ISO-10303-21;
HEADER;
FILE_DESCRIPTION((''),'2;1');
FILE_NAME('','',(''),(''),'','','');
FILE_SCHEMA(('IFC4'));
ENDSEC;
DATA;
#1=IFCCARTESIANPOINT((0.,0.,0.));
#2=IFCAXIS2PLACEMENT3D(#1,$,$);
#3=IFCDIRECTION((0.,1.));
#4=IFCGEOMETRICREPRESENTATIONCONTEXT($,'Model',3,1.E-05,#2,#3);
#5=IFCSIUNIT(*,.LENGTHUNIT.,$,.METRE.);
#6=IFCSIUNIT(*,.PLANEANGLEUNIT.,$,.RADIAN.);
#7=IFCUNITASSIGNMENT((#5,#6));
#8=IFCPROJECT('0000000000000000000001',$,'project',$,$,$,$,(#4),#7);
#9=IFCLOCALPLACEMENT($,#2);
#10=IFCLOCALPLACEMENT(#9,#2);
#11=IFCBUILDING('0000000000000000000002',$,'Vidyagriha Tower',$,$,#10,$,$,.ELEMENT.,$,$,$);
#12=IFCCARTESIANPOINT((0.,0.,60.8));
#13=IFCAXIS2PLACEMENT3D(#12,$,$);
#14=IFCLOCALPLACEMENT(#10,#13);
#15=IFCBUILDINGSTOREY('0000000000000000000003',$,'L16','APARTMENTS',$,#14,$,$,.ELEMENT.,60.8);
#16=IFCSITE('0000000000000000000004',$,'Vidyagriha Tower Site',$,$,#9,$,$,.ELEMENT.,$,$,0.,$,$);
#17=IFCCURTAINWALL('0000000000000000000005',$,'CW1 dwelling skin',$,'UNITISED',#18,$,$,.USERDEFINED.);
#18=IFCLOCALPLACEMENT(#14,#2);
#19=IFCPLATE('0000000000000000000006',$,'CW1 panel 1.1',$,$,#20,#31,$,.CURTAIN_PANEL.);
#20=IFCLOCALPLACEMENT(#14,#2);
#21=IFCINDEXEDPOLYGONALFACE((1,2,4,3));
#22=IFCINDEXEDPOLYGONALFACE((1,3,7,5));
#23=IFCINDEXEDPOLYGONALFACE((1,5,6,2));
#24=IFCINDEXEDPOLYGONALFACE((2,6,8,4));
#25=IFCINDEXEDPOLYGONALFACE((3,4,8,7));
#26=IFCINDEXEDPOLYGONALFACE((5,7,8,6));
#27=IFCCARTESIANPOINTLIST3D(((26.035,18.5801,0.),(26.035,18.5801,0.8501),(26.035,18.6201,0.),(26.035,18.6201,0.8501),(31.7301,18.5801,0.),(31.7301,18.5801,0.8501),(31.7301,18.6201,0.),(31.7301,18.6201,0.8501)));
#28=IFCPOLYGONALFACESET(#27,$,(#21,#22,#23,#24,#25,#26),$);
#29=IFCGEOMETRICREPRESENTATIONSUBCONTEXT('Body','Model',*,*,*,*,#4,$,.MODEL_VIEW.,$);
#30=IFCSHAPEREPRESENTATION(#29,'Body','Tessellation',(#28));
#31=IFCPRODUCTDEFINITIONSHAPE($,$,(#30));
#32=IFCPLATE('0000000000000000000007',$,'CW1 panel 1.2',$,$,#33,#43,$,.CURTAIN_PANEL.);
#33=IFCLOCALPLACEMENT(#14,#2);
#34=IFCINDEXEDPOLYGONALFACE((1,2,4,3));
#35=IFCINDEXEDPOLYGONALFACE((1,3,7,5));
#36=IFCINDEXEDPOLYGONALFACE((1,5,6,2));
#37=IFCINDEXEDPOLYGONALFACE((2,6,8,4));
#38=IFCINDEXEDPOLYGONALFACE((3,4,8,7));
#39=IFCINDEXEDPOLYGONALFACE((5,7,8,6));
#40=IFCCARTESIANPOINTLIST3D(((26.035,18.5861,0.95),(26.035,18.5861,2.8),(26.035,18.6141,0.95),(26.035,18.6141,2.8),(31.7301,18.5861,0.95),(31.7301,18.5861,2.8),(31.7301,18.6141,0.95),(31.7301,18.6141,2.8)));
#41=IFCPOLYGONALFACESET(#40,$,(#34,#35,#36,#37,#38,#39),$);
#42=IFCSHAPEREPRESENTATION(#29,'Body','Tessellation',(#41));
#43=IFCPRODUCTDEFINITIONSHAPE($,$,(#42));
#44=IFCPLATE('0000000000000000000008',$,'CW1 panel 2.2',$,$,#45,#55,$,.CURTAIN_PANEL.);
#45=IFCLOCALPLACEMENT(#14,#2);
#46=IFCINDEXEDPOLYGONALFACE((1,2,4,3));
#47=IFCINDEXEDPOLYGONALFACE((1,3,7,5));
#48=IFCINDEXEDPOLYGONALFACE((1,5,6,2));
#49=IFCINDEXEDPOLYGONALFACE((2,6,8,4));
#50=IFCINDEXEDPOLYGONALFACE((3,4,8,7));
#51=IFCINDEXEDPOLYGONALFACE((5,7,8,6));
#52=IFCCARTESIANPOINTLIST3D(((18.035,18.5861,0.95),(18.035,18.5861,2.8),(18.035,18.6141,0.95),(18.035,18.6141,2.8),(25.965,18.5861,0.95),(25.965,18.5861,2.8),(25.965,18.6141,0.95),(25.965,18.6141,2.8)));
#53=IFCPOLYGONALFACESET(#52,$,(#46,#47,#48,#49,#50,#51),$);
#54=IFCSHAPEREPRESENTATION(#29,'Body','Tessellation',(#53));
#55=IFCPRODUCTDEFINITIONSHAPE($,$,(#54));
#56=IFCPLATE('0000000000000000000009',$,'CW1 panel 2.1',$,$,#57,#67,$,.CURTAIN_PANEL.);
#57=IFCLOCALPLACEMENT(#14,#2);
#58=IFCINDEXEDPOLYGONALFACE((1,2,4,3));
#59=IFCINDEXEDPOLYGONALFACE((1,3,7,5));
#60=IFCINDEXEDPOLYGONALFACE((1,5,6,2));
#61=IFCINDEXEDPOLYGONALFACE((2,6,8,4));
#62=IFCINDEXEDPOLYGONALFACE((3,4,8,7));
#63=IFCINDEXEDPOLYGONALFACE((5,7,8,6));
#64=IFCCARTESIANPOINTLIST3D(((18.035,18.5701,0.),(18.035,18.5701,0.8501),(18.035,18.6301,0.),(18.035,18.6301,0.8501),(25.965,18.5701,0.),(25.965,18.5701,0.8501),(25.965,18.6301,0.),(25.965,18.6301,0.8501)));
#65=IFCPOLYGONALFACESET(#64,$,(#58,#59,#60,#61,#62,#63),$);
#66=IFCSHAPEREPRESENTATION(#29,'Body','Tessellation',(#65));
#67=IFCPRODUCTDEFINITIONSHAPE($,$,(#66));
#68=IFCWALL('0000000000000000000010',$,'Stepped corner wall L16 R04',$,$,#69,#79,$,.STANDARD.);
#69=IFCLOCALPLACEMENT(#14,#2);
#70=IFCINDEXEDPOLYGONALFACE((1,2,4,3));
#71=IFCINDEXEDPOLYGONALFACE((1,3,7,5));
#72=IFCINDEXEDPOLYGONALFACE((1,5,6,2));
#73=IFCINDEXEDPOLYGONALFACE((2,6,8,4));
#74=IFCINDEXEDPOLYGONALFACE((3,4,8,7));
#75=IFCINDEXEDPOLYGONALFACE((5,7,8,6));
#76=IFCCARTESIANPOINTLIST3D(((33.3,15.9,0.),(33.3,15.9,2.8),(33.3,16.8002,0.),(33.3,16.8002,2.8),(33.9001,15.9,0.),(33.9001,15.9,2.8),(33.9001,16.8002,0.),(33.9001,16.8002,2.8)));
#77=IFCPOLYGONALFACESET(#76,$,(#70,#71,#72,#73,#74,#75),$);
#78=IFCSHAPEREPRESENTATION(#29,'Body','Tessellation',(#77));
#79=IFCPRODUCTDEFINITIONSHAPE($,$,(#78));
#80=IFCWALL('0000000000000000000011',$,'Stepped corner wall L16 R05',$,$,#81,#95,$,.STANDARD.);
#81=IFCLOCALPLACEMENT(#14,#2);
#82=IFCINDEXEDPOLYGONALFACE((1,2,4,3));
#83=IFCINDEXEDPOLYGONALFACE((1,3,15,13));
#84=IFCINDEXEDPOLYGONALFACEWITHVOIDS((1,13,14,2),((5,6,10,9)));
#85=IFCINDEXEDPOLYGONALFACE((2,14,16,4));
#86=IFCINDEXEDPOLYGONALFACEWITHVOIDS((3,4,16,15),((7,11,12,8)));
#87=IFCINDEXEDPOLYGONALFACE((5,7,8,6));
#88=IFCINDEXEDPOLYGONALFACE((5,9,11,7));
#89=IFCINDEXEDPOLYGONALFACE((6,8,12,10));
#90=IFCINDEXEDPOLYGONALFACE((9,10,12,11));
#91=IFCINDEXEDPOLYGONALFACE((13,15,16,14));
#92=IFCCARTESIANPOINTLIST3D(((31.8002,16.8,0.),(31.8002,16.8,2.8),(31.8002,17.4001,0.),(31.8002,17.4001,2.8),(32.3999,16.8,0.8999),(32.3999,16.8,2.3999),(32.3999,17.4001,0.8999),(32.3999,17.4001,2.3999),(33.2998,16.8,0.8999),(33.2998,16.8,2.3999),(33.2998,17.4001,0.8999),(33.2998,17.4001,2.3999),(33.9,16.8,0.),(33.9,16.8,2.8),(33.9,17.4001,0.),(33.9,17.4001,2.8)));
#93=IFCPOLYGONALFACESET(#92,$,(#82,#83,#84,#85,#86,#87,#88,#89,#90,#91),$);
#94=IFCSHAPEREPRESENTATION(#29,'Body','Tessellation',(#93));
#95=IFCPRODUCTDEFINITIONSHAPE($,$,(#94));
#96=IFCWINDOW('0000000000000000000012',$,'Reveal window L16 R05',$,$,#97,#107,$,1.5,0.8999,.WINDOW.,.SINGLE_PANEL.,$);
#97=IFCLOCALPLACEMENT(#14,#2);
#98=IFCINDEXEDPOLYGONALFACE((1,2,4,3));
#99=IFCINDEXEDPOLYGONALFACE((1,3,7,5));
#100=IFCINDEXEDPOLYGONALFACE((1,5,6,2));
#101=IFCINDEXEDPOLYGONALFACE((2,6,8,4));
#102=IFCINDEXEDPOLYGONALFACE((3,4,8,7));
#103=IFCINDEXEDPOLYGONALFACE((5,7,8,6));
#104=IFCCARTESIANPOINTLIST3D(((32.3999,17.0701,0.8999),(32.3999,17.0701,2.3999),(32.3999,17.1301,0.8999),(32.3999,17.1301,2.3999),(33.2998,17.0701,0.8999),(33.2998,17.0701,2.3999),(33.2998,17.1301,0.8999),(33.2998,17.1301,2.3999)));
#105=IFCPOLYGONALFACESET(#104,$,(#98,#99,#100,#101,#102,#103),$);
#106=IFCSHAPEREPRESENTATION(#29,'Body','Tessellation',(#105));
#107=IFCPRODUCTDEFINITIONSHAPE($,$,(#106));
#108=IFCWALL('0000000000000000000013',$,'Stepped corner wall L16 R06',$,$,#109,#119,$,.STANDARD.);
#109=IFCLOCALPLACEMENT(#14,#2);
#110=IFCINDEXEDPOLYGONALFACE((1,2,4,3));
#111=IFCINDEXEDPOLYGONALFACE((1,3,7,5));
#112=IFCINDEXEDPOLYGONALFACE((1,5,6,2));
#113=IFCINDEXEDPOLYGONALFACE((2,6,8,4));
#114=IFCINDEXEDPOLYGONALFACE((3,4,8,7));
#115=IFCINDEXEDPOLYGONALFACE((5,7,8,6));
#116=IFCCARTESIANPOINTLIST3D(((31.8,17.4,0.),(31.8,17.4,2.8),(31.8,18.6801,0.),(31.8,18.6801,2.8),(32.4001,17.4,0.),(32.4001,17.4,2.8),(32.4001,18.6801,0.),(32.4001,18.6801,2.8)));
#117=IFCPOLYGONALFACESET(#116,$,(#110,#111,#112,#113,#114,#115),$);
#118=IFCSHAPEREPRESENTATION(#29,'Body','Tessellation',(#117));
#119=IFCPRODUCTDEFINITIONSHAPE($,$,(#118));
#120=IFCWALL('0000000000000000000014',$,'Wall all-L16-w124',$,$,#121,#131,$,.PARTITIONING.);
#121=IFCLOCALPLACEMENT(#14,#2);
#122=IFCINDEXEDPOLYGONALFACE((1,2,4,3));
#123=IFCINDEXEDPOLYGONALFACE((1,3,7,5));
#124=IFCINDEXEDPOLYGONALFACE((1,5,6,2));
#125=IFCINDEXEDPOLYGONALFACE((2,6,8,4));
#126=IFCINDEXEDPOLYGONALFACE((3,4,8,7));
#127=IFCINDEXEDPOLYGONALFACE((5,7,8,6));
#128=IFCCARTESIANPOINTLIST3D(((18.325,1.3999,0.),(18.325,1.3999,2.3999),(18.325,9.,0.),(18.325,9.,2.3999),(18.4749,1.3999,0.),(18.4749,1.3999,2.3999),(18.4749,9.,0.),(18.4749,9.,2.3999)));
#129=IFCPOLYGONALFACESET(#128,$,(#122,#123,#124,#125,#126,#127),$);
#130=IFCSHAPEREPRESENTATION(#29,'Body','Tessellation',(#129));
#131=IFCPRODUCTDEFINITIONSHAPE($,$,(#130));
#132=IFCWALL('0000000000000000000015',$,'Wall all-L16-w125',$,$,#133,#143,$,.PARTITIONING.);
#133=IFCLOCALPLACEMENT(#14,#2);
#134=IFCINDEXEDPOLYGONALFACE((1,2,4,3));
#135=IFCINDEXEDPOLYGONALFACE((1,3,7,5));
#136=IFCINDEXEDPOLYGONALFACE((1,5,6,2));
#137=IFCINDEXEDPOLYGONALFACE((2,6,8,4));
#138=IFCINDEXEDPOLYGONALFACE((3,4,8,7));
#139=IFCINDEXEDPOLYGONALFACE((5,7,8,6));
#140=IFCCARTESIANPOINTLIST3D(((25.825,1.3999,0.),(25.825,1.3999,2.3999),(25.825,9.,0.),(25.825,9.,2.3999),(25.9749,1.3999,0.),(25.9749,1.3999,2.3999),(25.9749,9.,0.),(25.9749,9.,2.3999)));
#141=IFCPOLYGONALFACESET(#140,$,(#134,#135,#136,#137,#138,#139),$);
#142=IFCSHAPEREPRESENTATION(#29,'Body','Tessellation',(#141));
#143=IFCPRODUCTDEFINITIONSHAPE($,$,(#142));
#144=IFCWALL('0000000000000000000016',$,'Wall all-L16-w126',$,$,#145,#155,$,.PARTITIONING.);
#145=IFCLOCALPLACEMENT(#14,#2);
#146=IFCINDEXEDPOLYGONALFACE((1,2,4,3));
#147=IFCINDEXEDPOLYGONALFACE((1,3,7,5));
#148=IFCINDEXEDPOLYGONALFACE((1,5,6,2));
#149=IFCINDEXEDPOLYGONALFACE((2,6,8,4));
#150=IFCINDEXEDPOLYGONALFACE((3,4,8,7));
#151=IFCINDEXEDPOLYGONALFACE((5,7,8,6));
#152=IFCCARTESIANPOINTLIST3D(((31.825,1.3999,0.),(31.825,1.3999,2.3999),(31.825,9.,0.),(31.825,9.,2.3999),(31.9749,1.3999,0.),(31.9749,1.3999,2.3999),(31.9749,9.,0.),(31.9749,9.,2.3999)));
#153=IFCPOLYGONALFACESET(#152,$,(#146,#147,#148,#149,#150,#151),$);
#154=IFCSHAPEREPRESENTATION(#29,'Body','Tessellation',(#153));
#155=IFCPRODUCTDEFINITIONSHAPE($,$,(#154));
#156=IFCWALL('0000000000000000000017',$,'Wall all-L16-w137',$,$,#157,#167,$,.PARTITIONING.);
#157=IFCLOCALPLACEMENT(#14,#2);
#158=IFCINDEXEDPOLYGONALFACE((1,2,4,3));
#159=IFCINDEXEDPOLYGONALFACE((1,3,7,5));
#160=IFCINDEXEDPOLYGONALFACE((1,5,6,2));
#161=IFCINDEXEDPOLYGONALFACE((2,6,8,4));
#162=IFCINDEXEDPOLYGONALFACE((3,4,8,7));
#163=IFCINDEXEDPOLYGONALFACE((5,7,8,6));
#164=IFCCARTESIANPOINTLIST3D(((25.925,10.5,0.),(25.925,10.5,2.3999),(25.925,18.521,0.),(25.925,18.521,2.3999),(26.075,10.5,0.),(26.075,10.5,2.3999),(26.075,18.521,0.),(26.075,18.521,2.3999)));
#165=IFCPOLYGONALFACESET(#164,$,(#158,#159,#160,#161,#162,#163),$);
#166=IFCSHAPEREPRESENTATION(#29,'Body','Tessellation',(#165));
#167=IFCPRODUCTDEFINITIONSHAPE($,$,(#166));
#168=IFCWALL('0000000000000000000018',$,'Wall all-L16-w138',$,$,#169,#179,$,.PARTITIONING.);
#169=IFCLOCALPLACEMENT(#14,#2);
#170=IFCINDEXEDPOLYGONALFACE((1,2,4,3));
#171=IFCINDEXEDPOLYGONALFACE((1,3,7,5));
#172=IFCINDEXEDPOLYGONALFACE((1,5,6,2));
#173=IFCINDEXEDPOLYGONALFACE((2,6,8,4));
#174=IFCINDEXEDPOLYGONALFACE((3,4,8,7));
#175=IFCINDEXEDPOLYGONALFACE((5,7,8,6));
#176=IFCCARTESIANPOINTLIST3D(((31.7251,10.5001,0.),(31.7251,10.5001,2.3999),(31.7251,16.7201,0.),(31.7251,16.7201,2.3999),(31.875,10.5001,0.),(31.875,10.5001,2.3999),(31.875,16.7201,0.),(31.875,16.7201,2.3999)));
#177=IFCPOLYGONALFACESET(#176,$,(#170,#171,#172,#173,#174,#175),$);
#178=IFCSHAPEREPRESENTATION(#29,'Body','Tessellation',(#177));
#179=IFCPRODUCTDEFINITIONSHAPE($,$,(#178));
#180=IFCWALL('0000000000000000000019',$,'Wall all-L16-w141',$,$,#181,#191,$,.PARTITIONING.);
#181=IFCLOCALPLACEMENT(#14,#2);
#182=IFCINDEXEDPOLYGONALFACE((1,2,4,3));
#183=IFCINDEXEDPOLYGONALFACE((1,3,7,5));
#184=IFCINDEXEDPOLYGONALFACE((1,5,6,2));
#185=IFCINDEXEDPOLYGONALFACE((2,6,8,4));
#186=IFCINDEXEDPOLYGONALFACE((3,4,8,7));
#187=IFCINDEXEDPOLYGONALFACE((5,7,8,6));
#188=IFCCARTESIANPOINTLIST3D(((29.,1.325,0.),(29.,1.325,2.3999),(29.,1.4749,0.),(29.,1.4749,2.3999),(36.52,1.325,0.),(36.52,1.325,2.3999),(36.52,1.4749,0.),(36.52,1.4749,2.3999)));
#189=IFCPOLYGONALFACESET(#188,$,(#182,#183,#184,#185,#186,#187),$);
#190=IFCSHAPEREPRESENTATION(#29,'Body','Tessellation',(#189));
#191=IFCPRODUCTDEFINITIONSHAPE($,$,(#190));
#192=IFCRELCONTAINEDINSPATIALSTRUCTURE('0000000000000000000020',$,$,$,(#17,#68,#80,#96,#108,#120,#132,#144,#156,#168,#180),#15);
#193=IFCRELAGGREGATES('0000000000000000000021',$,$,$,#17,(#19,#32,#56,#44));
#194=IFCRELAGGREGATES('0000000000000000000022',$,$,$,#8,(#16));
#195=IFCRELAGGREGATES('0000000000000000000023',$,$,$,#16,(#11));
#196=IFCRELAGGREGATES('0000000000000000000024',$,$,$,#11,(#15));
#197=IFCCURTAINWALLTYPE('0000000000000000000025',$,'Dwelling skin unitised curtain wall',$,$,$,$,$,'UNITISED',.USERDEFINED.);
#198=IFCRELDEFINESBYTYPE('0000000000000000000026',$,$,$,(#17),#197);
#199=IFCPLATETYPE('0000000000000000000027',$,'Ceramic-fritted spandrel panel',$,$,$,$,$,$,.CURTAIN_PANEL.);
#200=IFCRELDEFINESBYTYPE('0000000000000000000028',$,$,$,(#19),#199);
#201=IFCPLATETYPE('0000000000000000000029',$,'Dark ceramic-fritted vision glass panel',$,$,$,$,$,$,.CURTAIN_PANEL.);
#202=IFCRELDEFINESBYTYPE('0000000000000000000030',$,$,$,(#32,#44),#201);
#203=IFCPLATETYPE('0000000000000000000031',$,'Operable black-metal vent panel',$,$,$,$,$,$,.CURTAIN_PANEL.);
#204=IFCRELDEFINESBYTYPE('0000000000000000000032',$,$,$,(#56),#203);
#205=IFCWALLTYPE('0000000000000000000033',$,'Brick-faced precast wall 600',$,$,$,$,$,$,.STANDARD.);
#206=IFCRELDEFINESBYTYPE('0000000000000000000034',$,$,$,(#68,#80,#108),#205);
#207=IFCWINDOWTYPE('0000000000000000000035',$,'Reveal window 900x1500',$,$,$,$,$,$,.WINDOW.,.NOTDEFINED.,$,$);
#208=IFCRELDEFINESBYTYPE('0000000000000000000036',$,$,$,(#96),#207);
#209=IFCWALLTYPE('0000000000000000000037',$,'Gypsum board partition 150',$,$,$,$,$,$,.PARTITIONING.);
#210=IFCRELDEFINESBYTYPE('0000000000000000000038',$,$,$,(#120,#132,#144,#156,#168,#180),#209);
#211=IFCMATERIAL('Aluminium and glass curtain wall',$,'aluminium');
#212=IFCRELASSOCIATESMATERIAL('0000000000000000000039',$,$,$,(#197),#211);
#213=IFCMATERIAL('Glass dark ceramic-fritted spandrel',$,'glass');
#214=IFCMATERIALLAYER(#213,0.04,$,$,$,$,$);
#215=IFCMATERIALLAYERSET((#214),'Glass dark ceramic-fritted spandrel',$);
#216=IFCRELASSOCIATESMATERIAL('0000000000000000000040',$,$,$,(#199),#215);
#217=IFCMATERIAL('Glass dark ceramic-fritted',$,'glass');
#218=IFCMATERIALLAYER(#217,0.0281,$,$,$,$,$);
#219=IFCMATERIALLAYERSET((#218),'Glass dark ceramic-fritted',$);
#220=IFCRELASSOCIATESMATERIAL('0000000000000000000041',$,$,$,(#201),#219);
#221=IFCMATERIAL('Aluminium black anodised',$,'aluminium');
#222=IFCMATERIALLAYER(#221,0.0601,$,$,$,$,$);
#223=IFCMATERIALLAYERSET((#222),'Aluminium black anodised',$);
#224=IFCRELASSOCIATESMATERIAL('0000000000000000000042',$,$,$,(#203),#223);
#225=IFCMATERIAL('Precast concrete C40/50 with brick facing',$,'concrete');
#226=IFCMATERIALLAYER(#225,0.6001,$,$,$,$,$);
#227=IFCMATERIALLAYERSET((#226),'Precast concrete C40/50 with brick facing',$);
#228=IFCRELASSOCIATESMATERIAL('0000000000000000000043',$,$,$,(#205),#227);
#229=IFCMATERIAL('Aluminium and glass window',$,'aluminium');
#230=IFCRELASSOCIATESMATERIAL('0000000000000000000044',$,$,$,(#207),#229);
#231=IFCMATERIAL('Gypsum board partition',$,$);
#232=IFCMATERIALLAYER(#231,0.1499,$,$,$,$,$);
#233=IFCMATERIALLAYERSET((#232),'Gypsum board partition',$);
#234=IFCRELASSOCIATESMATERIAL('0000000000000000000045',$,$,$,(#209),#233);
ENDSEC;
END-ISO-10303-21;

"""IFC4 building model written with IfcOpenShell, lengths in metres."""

from ifc_helpers import new_model, si_unit, direction, frame, frame_2d, origin, origin_2d, place, context, subcontext, project, spatial, rectangle, extrude, material, layer, layer_set, type_object, element, fill, aggregate, save


model = new_model("IFC4")

# Units and contexts
model_context = context("Model", 3, precision=1e-05, world=origin(), true_north=direction((0.0, 1.0)))
body_context = subcontext(model_context, "Body", "Model", "MODEL_VIEW")
ifc_project = project(units=[si_unit("LENGTHUNIT", "METRE"), si_unit("PLANEANGLEUNIT", "RADIAN")], contexts=[model_context])

# Site, building, storey
site_placement = place(None, origin())
site = spatial("IfcSite", under=ifc_project, at=site_placement, Name="Vidyagriha Tower Site", CompositionType="ELEMENT", RefElevation=0.0)
building_placement = place(site_placement, origin())
building = spatial("IfcBuilding", under=site, at=building_placement, Name="Vidyagriha Tower", CompositionType="ELEMENT")
storey_placement = place(building_placement, frame((0.0, 0.0, 60.8)))
storey = spatial("IfcBuildingStorey", under=building, at=storey_placement, Name="L16", Description="APARTMENTS", CompositionType="ELEMENT", Elevation=60.8)

# Curtain wall, plates
ifc_material_1 = material(Name="Aluminium and glass curtain wall", Category="aluminium")
curtain_wall_type = type_object("IfcCurtainWallType", Name="Dwelling skin unitised curtain wall", ElementType="UNITISED", PredefinedType="USERDEFINED", material=ifc_material_1)
curtain_wall_placement = place(storey_placement, origin())
curtain_wall = element("IfcCurtainWall", 1, at=curtain_wall_placement, inside=storey, type_object=curtain_wall_type, Name="CW1 dwelling skin", ObjectType="UNITISED", PredefinedType="USERDEFINED")
ifc_material_2 = material(Name="Glass dark ceramic-fritted spandrel", Category="glass")
ifc_layer_1 = layer(ifc_material_2, 0.04)
ifc_layer_set_1 = layer_set([ifc_layer_1], Name="Glass dark ceramic-fritted spandrel")
plate_type_1 = type_object("IfcPlateType", Name="Ceramic-fritted spandrel panel", PredefinedType="CURTAIN_PANEL", material=ifc_layer_set_1)
plate_1_placement = place(storey_placement, frame((28.8826, 18.6001, 0.0), z_axis=(0.0, 0.0, 1.0), x_axis=(-1.0, 0.0, 0.0)))
plate_1 = element("IfcPlate", 2, at=plate_1_placement, type_object=plate_type_1, Name="CW1 panel 1.1", PredefinedType="CURTAIN_PANEL", context=body_context, shape_type="SweptSolid", body=[
    extrude(rectangle(XDim=5.6951, YDim=0.04, at=origin_2d()), origin(), (0.0, 0.0, 1.0), 0.8501),
])
ifc_material_3 = material(Name="Glass dark ceramic-fritted", Category="glass")
ifc_layer_2 = layer(ifc_material_3, 0.0281)
ifc_layer_set_2 = layer_set([ifc_layer_2], Name="Glass dark ceramic-fritted")
plate_type_2 = type_object("IfcPlateType", Name="Dark ceramic-fritted vision glass panel", PredefinedType="CURTAIN_PANEL", material=ifc_layer_set_2)
plate_2_placement = place(storey_placement, frame((28.8826, 18.6001, 0.95), z_axis=(0.0, 0.0, 1.0), x_axis=(-1.0, 0.0, 0.0)))
plate_2 = element("IfcPlate", 3, at=plate_2_placement, type_object=plate_type_2, Name="CW1 panel 1.2", PredefinedType="CURTAIN_PANEL", context=body_context, shape_type="SweptSolid", body=[
    extrude(rectangle(XDim=5.6951, YDim=0.0281, at=origin_2d()), origin(), (0.0, 0.0, 1.0), 1.8501),
])
plate_3_placement = place(storey_placement, frame((22.0, 18.6001, 0.95), z_axis=(0.0, 0.0, 1.0), x_axis=(-1.0, 0.0, 0.0)))
plate_3 = element("IfcPlate", 4, at=plate_3_placement, type_object=plate_type_2, Name="CW1 panel 2.2", PredefinedType="CURTAIN_PANEL", context=body_context, shape_type="SweptSolid", body=[
    extrude(rectangle(XDim=7.9299, YDim=0.0281, at=origin_2d()), origin(), (0.0, 0.0, 1.0), 1.8501),
])
ifc_material_4 = material(Name="Aluminium black anodised", Category="aluminium")
ifc_layer_3 = layer(ifc_material_4, 0.0601)
ifc_layer_set_3 = layer_set([ifc_layer_3], Name="Aluminium black anodised")
plate_type_3 = type_object("IfcPlateType", Name="Operable black-metal vent panel", PredefinedType="CURTAIN_PANEL", material=ifc_layer_set_3)
plate_4_placement = place(storey_placement, frame((22.0, 18.6001, 0.0), z_axis=(0.0, 0.0, 1.0), x_axis=(-1.0, 0.0, 0.0)))
plate_4 = element("IfcPlate", 5, at=plate_4_placement, type_object=plate_type_3, Name="CW1 panel 2.1", PredefinedType="CURTAIN_PANEL", context=body_context, shape_type="SweptSolid", body=[
    extrude(rectangle(XDim=7.9299, YDim=0.0601, at=origin_2d()), origin(), (0.0, 0.0, 1.0), 0.8501),
])
aggregate(curtain_wall, [plate_1, plate_2, plate_4, plate_3])

# Wall
ifc_material_5 = material(Name="Precast concrete C40/50 with brick facing", Category="concrete")
ifc_layer_4 = layer(ifc_material_5, 0.6001)
ifc_layer_set_4 = layer_set([ifc_layer_4], Name="Precast concrete C40/50 with brick facing")
wall_type_1 = type_object("IfcWallType", Name="Brick-faced precast wall 600", PredefinedType="STANDARD", material=ifc_layer_set_4)
wall_1_placement = place(storey_placement, frame((33.6001, 15.8999, 0.0), z_axis=(0.0, 0.0, 1.0), x_axis=(0.0, 1.0, 0.0)))
element("IfcWall", 6, at=wall_1_placement, inside=storey, type_object=wall_type_1, Name="Stepped corner wall L16 R04", PredefinedType="STANDARD", context=body_context, shape_type="SweptSolid", body=[
    extrude(rectangle(XDim=0.9001, YDim=0.6001, at=frame_2d((0.4502, 0.0))), origin(), (0.0, 0.0, 1.0), 2.8),
])

# Wall, opening, window
wall_2_placement = place(storey_placement, frame((33.8999, 17.1001, 0.0), z_axis=(0.0, 0.0, 1.0), x_axis=(-1.0, 0.0, 0.0)))
wall_2 = element("IfcWall", 7, at=wall_2_placement, inside=storey, type_object=wall_type_1, Name="Stepped corner wall L16 R05", PredefinedType="STANDARD", context=body_context, shape_type="SweptSolid", body=[
    extrude(rectangle(XDim=2.0999, YDim=0.6001, at=frame_2d((1.0498, 0.0))), origin(), (0.0, 0.0, 1.0), 2.8),
])
opening_placement = place(wall_2_placement, frame((0.6001, 0.0, 0.8999)))
opening = element("IfcOpeningElement", 8, at=opening_placement, cuts=wall_2, PredefinedType="OPENING", context=body_context, shape_type="SweptSolid", body=[
    extrude(rectangle(XDim=0.8999, YDim=1.5, at=frame_2d((0.45, 0.75))), frame((0.0, 0.3101, 0.0), z_axis=(0.0, -1.0, 0.0), x_axis=(1.0, 0.0, 0.0)), (0.0, 0.0, 1.0), 0.6201),
])
ifc_material_6 = material(Name="Aluminium and glass window", Category="aluminium")
window_type = type_object("IfcWindowType", Name="Reveal window 900x1500", PartitioningType="NOTDEFINED", PredefinedType="WINDOW", material=ifc_material_6)
window_placement = place(opening_placement, origin())
window = element("IfcWindow", 9, at=window_placement, inside=storey, type_object=window_type, Name="Reveal window L16 R05", OverallHeight=1.5, OverallWidth=0.8999, PartitioningType="SINGLE_PANEL", PredefinedType="WINDOW", context=body_context, shape_type="SweptSolid", body=[
    extrude(rectangle(XDim=0.8999, YDim=1.5, at=frame_2d((0.45, 0.75))), frame((0.0, 0.03, 0.0), z_axis=(0.0, -1.0, 0.0), x_axis=(1.0, 0.0, 0.0)), (0.0, 0.0, 1.0), 0.0601),
])
fill(opening, window)

# Walls
wall_3_placement = place(storey_placement, frame((32.1001, 17.3999, 0.0), z_axis=(0.0, 0.0, 1.0), x_axis=(0.0, 1.0, 0.0)))
element("IfcWall", 10, at=wall_3_placement, inside=storey, type_object=wall_type_1, Name="Stepped corner wall L16 R06", PredefinedType="STANDARD", context=body_context, shape_type="SweptSolid", body=[
    extrude(rectangle(XDim=1.28, YDim=0.6001, at=frame_2d((0.6401, 0.0))), origin(), (0.0, 0.0, 1.0), 2.8),
])
ifc_material_7 = material(Name="Gypsum board partition")
ifc_layer_5 = layer(ifc_material_7, 0.1499)
ifc_layer_set_5 = layer_set([ifc_layer_5], Name="Gypsum board partition")
wall_type_2 = type_object("IfcWallType", Name="Gypsum board partition 150", PredefinedType="PARTITIONING", material=ifc_layer_set_5)
for number, where, z_axis, x_axis, name in (
    (11, (18.3999, 9.0, 0.0), (0.0, 0.0, 1.0), (0.0, -1.0, 0.0), "Wall all-L16-w124"),
    (12, (25.8999, 9.0, 0.0), (0.0, 0.0, 1.0), (0.0, -1.0, 0.0), "Wall all-L16-w125"),
    (13, (31.8999, 9.0, 0.0), (0.0, 0.0, 1.0), (0.0, -1.0, 0.0), "Wall all-L16-w126"),
):
    element("IfcWall", number, at=place(storey_placement, frame(where, z_axis=z_axis, x_axis=x_axis)), inside=storey, type_object=wall_type_2, Name=name, PredefinedType="PARTITIONING", context=body_context, shape_type="SweptSolid", body=[
        extrude(rectangle(XDim=7.6001, YDim=0.1499, at=frame_2d((3.8, 0.0))), origin(), (0.0, 0.0, 1.0), 2.3999),
    ])
wall_4_placement = place(storey_placement, frame((26.0, 18.521, 0.0), z_axis=(0.0, 0.0, 1.0), x_axis=(0.0, -1.0, 0.0)))
element("IfcWall", 14, at=wall_4_placement, inside=storey, type_object=wall_type_2, Name="Wall all-L16-w137", PredefinedType="PARTITIONING", context=body_context, shape_type="SweptSolid", body=[
    extrude(rectangle(XDim=8.021, YDim=0.1499, at=frame_2d((4.0105, 0.0))), origin(), (0.0, 0.0, 1.0), 2.3999),
])
wall_5_placement = place(storey_placement, frame((31.8, 16.72, 0.0), z_axis=(0.0, 0.0, 1.0), x_axis=(0.0, -1.0, 0.0)))
element("IfcWall", 15, at=wall_5_placement, inside=storey, type_object=wall_type_2, Name="Wall all-L16-w138", PredefinedType="PARTITIONING", context=body_context, shape_type="SweptSolid", body=[
    extrude(rectangle(XDim=6.22, YDim=0.1499, at=frame_2d((3.1099, 0.0))), origin(), (0.0, 0.0, 1.0), 2.3999),
])
wall_6_placement = place(storey_placement, frame((29.0, 1.3999, 0.0)))
element("IfcWall", 16, at=wall_6_placement, inside=storey, type_object=wall_type_2, Name="Wall all-L16-w141", PredefinedType="PARTITIONING", context=body_context, shape_type="SweptSolid", body=[
    extrude(rectangle(XDim=7.52, YDim=0.1499, at=frame_2d((3.76, 0.0))), origin(), (0.0, 0.0, 1.0), 2.3999),
])

save(model, "model.ifc")
